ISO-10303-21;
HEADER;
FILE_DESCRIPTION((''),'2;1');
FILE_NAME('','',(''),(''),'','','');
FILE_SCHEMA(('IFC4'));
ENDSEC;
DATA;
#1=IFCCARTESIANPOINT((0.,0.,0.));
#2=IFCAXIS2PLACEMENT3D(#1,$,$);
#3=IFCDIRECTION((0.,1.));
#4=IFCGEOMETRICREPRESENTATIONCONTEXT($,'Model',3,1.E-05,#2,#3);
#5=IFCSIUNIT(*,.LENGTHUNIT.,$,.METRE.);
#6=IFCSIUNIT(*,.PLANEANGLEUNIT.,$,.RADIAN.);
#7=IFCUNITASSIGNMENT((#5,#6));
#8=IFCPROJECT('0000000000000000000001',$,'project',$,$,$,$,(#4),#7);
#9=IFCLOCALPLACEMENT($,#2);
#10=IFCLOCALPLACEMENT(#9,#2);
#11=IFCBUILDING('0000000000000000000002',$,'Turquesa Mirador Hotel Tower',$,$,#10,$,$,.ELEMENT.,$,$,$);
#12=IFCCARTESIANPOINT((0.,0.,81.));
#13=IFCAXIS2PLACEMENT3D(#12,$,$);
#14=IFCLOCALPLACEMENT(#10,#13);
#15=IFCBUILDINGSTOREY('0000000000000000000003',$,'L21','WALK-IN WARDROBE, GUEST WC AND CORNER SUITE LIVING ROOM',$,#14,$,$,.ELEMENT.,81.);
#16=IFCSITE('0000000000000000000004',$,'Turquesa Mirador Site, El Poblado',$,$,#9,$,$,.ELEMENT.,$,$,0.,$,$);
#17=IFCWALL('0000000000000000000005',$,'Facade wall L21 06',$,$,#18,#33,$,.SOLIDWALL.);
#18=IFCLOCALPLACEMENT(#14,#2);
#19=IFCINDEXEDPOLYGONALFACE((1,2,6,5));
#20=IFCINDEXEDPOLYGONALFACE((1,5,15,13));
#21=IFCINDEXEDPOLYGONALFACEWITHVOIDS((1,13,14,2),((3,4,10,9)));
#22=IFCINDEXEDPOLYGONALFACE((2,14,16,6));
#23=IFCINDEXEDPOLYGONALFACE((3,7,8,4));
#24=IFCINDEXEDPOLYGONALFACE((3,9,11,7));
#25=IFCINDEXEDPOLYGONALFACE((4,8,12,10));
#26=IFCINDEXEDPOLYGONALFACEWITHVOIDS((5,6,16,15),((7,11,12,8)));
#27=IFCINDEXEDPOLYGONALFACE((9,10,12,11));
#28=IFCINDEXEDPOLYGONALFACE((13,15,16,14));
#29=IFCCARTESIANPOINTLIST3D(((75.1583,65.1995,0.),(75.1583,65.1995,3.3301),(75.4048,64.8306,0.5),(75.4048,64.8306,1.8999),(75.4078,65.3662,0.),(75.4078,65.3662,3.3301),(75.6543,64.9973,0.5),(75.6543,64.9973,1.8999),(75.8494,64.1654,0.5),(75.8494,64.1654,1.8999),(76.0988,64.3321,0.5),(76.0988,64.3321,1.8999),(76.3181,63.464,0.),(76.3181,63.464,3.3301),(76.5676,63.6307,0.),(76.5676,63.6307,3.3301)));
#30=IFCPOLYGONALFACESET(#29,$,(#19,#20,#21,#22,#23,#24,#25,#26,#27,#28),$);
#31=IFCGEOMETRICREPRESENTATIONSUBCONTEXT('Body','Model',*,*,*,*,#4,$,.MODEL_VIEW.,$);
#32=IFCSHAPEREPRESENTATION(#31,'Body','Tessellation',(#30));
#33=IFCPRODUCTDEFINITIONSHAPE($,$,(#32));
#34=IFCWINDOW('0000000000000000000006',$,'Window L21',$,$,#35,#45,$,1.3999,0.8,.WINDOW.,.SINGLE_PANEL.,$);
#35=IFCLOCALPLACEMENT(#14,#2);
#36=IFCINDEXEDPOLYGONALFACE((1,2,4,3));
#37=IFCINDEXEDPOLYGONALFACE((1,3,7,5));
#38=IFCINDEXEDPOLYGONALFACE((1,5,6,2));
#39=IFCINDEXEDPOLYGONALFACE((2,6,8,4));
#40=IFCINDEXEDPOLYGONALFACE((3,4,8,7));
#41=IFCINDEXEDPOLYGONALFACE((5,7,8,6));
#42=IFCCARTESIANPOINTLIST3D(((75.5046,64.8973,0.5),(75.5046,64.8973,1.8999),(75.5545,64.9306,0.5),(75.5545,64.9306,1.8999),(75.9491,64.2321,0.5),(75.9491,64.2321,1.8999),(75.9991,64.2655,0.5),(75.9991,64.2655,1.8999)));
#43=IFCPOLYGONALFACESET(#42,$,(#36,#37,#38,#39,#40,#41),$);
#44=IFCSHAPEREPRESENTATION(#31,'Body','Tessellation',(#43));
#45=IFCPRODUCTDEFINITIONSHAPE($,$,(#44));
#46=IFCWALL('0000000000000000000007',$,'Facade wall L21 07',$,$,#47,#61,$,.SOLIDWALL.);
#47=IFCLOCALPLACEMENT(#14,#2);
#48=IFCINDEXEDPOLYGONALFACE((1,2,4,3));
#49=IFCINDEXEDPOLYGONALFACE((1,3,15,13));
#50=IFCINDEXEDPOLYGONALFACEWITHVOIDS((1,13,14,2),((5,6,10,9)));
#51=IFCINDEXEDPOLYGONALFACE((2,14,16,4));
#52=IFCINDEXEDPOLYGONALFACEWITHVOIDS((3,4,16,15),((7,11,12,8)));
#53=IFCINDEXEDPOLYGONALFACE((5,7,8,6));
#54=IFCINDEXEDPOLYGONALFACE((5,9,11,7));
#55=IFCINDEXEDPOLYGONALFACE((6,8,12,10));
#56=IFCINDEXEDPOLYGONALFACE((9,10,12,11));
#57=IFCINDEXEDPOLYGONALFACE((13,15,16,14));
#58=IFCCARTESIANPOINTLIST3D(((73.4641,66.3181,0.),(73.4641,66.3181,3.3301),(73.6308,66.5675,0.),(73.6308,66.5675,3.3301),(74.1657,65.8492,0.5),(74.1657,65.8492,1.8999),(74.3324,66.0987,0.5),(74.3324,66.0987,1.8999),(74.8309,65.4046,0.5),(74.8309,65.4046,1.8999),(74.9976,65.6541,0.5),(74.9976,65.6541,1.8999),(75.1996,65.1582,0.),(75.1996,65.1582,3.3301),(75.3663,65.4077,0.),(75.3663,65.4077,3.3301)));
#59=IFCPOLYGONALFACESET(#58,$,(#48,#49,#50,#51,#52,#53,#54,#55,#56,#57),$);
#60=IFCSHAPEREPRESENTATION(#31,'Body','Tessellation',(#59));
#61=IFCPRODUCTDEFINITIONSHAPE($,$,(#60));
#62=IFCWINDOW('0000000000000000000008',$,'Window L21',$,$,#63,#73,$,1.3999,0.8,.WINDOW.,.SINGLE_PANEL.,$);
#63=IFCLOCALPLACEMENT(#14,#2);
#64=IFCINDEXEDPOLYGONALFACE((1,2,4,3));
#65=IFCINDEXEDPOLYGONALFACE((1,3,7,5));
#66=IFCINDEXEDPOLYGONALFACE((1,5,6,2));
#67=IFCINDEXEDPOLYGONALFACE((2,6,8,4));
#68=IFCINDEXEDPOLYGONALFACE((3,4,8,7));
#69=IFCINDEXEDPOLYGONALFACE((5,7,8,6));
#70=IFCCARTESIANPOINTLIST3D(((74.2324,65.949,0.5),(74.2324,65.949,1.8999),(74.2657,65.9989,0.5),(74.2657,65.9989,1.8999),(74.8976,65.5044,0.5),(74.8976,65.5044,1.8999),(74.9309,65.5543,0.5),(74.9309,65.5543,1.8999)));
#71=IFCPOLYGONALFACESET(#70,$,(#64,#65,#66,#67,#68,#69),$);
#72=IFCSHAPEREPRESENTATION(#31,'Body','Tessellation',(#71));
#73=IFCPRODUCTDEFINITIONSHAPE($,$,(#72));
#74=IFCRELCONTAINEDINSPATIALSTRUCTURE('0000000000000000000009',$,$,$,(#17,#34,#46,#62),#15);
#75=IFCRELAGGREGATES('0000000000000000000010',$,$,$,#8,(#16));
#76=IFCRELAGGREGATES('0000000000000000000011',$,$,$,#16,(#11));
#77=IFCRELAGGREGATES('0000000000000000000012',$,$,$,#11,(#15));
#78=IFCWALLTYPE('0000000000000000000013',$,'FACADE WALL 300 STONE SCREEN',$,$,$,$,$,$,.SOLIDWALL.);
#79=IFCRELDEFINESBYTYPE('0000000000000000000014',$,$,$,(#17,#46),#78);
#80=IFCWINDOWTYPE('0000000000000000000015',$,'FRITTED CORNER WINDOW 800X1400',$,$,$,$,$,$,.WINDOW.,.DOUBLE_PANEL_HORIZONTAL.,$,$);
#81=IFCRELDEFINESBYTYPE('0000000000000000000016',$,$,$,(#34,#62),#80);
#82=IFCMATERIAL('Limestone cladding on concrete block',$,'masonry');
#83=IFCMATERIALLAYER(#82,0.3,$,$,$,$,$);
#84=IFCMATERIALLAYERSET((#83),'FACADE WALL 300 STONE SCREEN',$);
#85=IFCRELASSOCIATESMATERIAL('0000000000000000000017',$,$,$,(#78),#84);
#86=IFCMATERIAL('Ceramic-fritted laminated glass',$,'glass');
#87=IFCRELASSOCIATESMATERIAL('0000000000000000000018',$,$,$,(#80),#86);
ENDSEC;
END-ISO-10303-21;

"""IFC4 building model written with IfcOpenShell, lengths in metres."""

from ifc_helpers import new_model, si_unit, direction, frame, frame_2d, origin, place, context, subcontext, project, spatial, rectangle, extrude, material, layer, layer_set, type_object, element, fill, save


model = new_model("IFC4")

# Units and contexts
model_context = context("Model", 3, precision=1e-05, world=origin(), true_north=direction((0.0, 1.0)))
body_context = subcontext(model_context, "Body", "Model", "MODEL_VIEW")
ifc_project = project(units=[si_unit("LENGTHUNIT", "METRE"), si_unit("PLANEANGLEUNIT", "RADIAN")], contexts=[model_context])

# Site, building, storey
site_placement = place(None, origin())
site = spatial("IfcSite", under=ifc_project, at=site_placement, Name="Turquesa Mirador Site, El Poblado", CompositionType="ELEMENT", RefElevation=0.0)
building_placement = place(site_placement, origin())
building = spatial("IfcBuilding", under=site, at=building_placement, Name="Turquesa Mirador Hotel Tower", CompositionType="ELEMENT")
storey_placement = place(building_placement, frame((0.0, 0.0, 81.0)))
storey = spatial("IfcBuildingStorey", under=building, at=storey_placement, Name="L21", Description="WALK-IN WARDROBE, GUEST WC AND CORNER SUITE LIVING ROOM", CompositionType="ELEMENT", Elevation=81.0)

# Walls, openings, windows
ifc_material_1 = material(Name="Limestone cladding on concrete block", Category="masonry")
ifc_layer = layer(ifc_material_1, 0.3)
ifc_layer_set = layer_set([ifc_layer], Name="FACADE WALL 300 STONE SCREEN")
wall_type = type_object("IfcWallType", Name="FACADE WALL 300 STONE SCREEN", PredefinedType="SOLIDWALL", material=ifc_layer_set)
wall_1_placement = place(storey_placement, frame((76.4429, 63.5474, 0.0), z_axis=(0.0, 0.0, 1.0), x_axis=(-0.555644, 0.83142, 0.0)))
wall_1 = element("IfcWall", 1, at=wall_1_placement, inside=storey, type_object=wall_type, Name="Facade wall L21 06", PredefinedType="SOLIDWALL", context=body_context, shape_type="SweptSolid", body=[
    extrude(rectangle(XDim=2.0874, YDim=0.3, at=frame_2d((1.0437, 0.0))), origin(), (0.0, 0.0, 1.0), 3.3301),
])
opening_1_placement = place(wall_1_placement, frame((0.8438, 0.0, 0.5)))
opening_1 = element("IfcOpeningElement", 2, at=opening_1_placement, cuts=wall_1, PredefinedType="OPENING", context=body_context, shape_type="SweptSolid", body=[
    extrude(rectangle(XDim=0.8, YDim=1.3999, at=frame_2d((0.3999, 0.7))), frame((0.0, 0.1599, 0.0), z_axis=(0.0, -1.0, 0.0), x_axis=(1.0, 0.0, 0.0)), (0.0, 0.0, 1.0), 0.3201),
])
ifc_material_2 = material(Name="Ceramic-fritted laminated glass", Category="glass")
window_type_1 = type_object("IfcWindowType", Name="FRITTED CORNER WINDOW 800X1400", PartitioningType="DOUBLE_PANEL_HORIZONTAL", PredefinedType="WINDOW", material=ifc_material_2)
window_1_placement = place(opening_1_placement, origin())
window_1 = element("IfcWindow", 3, at=window_1_placement, inside=storey, type_object=window_type_1, Name="Window L21", OverallHeight=1.3999, OverallWidth=0.8, PartitioningType="SINGLE_PANEL", PredefinedType="WINDOW", context=body_context, shape_type="SweptSolid", body=[
    extrude(rectangle(XDim=0.8, YDim=1.3999, at=frame_2d((0.3999, 0.7))), frame((0.0, 0.03, 0.0), z_axis=(0.0, -1.0, 0.0), x_axis=(1.0, 0.0, 0.0)), (0.0, 0.0, 1.0), 0.0601),
])
fill(opening_1, window_1)
wall_2_placement = place(storey_placement, frame((75.283, 65.283, 0.0), z_axis=(0.0, 0.0, 1.0), x_axis=(-0.83142, 0.555644, 0.0)))
wall_2 = element("IfcWall", 4, at=wall_2_placement, inside=storey, type_object=wall_type, Name="Facade wall L21 07", PredefinedType="SOLIDWALL", context=body_context, shape_type="SweptSolid", body=[
    extrude(rectangle(XDim=2.0874, YDim=0.3, at=frame_2d((1.0437, 0.0))), origin(), (0.0, 0.0, 1.0), 3.3301),
])
opening_2_placement = place(wall_2_placement, frame((0.4436, 0.0, 0.5)))
opening_2 = element("IfcOpeningElement", 5, at=opening_2_placement, cuts=wall_2, PredefinedType="OPENING", context=body_context, shape_type="SweptSolid", body=[
    extrude(rectangle(XDim=0.8, YDim=1.3999, at=frame_2d((0.3999, 0.7))), frame((0.0, 0.1599, 0.0), z_axis=(0.0, -1.0, 0.0), x_axis=(1.0, 0.0, 0.0)), (0.0, 0.0, 1.0), 0.3201),
])
window_2_placement = place(opening_2_placement, origin())
window_2 = element("IfcWindow", 6, at=window_2_placement, inside=storey, type_object=window_type_1, Name="Window L21", OverallHeight=1.3999, OverallWidth=0.8, PartitioningType="SINGLE_PANEL", PredefinedType="WINDOW", context=body_context, shape_type="SweptSolid", body=[
    extrude(rectangle(XDim=0.8, YDim=1.3999, at=frame_2d((0.3999, 0.7))), frame((0.0, 0.03, 0.0), z_axis=(0.0, -1.0, 0.0), x_axis=(1.0, 0.0, 0.0)), (0.0, 0.0, 1.0), 0.0601),
])
fill(opening_2, window_2)

save(model, "model.ifc")
